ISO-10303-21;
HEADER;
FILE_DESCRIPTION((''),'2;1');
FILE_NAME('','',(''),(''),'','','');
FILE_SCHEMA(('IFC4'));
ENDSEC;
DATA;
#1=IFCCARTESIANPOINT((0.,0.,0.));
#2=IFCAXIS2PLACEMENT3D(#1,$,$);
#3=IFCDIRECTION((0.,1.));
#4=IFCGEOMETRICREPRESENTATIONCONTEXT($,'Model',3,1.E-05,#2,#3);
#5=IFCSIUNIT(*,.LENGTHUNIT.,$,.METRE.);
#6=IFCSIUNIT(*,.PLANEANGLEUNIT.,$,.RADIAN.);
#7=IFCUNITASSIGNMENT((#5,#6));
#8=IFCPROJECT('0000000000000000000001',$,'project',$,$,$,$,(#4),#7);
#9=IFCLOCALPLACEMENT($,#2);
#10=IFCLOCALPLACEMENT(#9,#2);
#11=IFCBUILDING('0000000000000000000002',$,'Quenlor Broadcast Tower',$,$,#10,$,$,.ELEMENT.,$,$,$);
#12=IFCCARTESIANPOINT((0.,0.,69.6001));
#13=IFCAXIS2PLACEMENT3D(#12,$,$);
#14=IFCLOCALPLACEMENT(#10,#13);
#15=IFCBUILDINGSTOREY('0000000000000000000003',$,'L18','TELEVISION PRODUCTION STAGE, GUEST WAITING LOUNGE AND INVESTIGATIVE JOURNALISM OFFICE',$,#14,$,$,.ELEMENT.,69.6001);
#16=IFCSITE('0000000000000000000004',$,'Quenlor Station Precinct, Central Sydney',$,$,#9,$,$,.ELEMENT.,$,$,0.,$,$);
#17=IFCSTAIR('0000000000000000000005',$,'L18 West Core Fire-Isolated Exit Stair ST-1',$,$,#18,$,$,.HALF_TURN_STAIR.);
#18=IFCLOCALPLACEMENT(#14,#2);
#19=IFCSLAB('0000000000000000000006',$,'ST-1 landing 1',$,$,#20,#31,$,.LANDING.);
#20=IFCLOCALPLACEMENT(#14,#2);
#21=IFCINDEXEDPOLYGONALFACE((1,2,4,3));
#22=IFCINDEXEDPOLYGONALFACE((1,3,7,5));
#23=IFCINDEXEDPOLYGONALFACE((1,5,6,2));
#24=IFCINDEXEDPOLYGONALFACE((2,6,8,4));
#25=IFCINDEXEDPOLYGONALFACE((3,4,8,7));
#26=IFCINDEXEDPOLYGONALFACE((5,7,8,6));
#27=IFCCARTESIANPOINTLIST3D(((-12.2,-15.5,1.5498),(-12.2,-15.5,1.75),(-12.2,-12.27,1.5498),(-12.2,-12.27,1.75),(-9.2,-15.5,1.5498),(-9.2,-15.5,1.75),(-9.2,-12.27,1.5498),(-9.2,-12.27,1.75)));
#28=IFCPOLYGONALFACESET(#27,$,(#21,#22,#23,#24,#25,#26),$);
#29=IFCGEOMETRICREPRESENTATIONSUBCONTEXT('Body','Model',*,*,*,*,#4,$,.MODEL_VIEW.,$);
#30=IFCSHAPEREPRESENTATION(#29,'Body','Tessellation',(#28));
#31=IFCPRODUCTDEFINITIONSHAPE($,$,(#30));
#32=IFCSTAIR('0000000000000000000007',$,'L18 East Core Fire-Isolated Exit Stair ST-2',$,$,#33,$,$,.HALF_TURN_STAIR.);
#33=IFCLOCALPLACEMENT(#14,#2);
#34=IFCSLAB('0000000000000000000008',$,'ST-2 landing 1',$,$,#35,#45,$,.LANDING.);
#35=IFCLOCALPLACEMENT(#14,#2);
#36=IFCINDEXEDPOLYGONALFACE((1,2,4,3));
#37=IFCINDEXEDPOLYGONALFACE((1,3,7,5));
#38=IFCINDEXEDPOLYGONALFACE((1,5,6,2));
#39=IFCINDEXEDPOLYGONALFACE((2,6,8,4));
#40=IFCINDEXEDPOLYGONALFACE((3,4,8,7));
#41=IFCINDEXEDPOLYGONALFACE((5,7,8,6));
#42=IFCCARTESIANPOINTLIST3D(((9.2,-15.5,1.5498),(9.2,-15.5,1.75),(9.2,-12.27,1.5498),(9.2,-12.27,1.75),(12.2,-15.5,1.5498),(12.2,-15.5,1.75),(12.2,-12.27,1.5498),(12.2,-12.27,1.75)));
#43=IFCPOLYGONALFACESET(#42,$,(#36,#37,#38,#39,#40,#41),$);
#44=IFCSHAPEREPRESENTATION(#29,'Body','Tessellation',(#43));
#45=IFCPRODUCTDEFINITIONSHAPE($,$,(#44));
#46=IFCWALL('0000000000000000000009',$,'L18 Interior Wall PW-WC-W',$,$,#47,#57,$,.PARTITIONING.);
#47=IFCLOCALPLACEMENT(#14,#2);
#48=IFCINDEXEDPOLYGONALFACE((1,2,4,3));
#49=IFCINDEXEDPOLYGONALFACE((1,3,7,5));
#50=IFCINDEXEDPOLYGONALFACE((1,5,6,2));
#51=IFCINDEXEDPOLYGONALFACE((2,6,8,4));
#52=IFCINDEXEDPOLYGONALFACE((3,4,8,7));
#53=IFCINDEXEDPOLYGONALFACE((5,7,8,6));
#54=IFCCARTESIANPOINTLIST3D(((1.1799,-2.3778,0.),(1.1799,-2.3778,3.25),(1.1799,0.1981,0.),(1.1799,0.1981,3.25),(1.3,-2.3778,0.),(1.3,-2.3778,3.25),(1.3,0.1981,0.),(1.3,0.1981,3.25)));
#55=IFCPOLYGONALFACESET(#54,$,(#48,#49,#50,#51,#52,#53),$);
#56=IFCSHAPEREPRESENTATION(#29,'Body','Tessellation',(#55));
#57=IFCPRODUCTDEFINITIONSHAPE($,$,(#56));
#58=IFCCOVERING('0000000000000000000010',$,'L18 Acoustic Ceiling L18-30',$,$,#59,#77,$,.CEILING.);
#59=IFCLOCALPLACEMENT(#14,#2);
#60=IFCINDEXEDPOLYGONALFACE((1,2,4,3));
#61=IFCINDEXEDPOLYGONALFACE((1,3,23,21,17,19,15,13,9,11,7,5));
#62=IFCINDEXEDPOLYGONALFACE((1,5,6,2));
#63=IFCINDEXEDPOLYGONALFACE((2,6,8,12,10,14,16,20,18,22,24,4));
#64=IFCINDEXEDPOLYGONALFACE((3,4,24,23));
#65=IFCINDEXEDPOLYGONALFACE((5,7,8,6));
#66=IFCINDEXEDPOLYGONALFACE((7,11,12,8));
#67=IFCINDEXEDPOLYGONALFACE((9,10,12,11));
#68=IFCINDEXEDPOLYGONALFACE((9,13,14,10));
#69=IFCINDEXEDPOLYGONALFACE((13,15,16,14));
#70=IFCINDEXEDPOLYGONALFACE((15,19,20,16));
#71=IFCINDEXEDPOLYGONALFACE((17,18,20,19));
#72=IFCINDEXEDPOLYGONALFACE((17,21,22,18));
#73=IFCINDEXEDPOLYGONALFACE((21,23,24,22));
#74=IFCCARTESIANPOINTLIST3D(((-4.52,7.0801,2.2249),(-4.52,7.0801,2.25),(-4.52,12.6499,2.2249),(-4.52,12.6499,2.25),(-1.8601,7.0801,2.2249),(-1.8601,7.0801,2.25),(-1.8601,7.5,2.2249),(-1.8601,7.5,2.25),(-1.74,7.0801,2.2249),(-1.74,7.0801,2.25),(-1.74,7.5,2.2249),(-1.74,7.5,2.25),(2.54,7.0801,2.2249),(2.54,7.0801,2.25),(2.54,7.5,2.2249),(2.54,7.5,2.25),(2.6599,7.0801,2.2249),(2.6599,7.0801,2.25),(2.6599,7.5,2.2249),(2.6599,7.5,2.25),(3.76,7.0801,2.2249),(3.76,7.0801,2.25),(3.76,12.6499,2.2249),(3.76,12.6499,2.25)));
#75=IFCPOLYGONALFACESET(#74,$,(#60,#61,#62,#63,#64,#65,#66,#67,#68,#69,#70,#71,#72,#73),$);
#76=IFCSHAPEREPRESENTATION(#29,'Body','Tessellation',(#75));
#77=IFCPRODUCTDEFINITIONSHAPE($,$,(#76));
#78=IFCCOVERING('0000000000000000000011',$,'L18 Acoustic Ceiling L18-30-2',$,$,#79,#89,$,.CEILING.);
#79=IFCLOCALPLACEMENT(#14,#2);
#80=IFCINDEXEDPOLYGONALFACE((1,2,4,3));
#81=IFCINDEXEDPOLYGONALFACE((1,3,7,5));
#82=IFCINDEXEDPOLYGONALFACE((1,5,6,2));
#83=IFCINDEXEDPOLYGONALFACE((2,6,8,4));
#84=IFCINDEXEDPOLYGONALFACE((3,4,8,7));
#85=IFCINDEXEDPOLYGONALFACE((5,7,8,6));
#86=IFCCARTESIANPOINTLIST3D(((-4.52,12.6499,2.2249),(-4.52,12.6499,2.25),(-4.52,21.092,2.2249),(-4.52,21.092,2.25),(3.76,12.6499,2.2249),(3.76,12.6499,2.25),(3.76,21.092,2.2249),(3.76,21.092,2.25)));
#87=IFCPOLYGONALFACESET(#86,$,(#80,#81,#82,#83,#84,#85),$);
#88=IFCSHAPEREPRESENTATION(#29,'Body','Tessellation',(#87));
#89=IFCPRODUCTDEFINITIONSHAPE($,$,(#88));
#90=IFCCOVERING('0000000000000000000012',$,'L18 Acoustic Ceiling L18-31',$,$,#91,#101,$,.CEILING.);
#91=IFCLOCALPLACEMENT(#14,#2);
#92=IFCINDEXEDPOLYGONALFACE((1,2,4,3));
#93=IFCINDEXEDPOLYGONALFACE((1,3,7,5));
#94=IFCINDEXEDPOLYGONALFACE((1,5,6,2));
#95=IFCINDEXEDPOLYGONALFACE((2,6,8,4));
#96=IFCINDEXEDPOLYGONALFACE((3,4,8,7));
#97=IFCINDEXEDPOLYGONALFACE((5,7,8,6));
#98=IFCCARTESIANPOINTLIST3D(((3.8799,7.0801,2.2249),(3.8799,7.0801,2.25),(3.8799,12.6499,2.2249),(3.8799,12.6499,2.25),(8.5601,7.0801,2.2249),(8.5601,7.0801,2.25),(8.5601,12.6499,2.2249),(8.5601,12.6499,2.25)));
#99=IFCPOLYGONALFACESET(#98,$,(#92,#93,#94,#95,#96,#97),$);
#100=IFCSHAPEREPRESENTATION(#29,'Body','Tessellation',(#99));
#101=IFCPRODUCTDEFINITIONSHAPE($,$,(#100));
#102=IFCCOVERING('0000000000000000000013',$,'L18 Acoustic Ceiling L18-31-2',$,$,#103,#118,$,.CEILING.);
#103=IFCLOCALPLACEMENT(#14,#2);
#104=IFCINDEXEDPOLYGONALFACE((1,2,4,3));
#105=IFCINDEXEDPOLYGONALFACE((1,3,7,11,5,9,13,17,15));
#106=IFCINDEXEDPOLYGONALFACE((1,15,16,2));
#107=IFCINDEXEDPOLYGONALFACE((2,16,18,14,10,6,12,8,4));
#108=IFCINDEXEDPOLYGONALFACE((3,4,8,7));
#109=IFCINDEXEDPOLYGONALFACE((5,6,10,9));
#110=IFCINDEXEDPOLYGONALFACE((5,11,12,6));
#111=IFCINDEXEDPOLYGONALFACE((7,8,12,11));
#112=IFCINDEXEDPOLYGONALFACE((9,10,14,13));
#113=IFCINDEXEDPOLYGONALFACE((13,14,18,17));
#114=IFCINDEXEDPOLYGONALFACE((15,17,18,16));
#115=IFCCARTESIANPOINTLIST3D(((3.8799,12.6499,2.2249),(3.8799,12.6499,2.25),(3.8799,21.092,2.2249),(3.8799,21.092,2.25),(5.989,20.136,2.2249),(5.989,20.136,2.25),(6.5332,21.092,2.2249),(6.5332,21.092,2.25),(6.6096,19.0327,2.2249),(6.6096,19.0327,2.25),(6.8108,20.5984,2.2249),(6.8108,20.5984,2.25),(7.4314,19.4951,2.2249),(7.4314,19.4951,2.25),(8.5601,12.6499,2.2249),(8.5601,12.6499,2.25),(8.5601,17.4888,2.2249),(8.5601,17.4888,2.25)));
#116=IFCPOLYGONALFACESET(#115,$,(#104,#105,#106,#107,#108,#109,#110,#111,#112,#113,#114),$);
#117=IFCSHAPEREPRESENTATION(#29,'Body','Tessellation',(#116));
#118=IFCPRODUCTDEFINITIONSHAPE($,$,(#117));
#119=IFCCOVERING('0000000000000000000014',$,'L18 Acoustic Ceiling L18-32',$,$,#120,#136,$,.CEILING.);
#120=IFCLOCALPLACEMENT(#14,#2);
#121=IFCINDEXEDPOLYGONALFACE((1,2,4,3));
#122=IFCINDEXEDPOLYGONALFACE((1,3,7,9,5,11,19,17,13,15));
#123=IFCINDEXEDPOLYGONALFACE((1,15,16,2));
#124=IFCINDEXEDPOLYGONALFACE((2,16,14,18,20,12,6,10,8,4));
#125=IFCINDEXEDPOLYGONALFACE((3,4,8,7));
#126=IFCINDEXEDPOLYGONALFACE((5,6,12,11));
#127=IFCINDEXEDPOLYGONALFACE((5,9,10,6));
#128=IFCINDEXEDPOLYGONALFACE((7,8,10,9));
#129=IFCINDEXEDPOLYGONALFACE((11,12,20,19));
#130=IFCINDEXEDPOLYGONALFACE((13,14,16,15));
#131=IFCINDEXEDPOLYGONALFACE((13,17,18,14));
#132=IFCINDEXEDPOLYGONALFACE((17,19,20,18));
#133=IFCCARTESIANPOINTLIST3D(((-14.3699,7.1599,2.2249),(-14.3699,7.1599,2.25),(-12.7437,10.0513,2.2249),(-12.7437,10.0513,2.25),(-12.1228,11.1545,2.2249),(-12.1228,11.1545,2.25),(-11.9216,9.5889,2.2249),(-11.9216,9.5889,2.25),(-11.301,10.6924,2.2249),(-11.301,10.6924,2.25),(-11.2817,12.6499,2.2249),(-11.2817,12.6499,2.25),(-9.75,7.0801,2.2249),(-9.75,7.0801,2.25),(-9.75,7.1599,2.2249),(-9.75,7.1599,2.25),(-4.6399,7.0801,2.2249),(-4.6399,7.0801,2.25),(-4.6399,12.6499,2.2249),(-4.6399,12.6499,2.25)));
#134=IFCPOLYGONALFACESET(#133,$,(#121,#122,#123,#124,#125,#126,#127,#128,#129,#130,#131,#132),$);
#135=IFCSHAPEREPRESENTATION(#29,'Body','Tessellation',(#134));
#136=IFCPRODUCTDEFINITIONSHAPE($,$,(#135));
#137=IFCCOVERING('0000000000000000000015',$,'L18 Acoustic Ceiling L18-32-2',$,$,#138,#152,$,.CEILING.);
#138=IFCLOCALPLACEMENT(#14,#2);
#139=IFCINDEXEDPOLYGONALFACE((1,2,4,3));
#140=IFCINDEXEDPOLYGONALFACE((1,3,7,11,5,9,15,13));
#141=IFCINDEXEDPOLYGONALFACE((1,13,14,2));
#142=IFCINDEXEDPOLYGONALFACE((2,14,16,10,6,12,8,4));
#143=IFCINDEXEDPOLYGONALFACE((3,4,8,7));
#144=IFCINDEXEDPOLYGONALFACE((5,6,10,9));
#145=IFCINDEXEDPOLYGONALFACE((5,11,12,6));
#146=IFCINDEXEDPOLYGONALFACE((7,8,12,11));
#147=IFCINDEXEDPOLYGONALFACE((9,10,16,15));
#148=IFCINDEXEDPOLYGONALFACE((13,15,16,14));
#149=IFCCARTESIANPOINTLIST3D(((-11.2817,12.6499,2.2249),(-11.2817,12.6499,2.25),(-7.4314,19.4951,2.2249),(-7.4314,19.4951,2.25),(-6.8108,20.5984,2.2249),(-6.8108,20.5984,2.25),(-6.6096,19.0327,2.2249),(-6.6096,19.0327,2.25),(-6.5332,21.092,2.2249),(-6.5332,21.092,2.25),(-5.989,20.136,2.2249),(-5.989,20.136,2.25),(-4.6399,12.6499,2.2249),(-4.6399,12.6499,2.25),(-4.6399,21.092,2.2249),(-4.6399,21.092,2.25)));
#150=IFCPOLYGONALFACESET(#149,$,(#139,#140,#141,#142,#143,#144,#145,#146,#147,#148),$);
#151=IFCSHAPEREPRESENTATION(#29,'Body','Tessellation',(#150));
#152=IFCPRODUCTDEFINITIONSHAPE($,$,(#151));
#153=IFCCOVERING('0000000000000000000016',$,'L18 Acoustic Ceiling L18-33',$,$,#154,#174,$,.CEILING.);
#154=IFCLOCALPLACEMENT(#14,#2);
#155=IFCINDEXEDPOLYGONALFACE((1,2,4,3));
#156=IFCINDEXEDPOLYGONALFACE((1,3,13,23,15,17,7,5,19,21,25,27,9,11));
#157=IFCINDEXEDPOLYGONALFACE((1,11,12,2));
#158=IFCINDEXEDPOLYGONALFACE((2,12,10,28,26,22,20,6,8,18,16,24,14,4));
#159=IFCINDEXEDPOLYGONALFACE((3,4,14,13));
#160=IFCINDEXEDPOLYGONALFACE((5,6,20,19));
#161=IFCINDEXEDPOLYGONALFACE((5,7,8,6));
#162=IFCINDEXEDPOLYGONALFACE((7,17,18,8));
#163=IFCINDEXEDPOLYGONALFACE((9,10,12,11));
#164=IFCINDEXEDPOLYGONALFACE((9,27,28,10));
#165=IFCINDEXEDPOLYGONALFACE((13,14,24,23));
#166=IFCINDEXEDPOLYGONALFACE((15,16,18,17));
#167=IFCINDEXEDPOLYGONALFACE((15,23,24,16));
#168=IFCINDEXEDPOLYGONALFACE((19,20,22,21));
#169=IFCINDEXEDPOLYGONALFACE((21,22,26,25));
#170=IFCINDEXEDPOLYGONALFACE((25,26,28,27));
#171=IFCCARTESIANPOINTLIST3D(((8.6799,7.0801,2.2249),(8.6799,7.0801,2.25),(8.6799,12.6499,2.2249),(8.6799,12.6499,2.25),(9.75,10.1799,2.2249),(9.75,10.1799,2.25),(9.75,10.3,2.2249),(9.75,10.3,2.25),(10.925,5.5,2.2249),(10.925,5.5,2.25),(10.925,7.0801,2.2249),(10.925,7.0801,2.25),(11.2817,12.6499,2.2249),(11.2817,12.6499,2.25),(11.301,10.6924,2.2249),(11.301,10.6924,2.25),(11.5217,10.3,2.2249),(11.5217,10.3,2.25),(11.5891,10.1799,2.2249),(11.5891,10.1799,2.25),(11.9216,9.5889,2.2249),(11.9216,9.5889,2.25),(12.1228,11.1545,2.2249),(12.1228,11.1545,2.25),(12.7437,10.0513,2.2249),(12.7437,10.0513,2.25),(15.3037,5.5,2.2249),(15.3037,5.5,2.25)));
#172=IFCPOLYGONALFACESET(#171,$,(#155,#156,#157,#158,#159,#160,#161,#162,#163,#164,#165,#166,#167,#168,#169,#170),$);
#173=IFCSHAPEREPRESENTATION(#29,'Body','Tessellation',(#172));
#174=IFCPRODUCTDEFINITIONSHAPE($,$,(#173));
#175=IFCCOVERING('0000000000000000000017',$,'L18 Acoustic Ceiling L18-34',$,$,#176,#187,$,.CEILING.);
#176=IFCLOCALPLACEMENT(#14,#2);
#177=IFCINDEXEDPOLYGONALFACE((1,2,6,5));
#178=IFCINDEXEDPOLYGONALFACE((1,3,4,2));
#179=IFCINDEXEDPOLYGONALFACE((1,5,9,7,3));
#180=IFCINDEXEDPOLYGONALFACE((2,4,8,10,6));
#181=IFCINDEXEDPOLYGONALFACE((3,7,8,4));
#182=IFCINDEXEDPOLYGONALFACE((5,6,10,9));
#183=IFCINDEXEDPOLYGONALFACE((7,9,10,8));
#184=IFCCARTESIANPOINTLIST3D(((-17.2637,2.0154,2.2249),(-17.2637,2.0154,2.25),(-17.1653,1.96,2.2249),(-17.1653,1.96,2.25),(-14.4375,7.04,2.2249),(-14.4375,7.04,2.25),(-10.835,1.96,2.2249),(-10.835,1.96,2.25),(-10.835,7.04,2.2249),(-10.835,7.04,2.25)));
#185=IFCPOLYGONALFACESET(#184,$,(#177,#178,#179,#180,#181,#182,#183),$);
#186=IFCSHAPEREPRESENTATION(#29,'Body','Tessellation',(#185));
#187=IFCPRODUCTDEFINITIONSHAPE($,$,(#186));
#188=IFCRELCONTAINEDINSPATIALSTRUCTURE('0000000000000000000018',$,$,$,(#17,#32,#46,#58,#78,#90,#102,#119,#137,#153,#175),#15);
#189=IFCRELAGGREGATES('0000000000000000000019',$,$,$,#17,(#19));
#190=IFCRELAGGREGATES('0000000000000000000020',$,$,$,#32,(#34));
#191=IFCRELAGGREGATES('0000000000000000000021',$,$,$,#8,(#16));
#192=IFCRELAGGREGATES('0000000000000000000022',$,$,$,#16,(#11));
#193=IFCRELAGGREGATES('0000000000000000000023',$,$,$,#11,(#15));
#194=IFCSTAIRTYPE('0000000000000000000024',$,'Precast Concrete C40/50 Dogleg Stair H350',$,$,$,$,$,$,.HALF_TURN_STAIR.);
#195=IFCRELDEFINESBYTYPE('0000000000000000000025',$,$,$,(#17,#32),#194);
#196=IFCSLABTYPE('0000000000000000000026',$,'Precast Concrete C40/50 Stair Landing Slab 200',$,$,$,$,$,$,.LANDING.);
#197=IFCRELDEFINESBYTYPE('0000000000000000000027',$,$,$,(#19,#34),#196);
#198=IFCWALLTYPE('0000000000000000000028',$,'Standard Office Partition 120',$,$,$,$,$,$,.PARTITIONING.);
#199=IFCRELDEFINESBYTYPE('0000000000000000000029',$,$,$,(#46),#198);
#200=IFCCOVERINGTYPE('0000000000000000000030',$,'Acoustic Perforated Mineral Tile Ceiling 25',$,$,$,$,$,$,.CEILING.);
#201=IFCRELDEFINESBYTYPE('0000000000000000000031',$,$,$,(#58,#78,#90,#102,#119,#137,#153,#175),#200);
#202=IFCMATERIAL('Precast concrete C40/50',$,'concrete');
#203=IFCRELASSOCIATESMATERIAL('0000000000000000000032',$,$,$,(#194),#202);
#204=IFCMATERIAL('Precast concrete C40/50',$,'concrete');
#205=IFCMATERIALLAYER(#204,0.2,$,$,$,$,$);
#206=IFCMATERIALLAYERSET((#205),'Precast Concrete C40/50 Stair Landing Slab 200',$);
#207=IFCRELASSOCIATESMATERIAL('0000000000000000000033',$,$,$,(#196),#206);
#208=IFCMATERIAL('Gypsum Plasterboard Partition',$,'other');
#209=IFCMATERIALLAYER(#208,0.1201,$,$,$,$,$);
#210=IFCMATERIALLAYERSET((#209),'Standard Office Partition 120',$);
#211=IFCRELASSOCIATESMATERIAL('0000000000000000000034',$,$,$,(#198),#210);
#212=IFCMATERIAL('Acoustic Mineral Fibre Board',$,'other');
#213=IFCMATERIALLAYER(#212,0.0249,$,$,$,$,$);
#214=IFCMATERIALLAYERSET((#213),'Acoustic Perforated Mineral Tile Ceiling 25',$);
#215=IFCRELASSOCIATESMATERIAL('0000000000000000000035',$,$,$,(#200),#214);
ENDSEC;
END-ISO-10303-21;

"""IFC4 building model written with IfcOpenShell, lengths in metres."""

from ifc_helpers import new_model, si_unit, direction, frame, frame_2d, origin, place, context, subcontext, project, spatial, polyline, rectangle, outline, extrude, material, layer, layer_set, type_object, element, aggregate, save


model = new_model("IFC4")

# Units and contexts
model_context = context("Model", 3, precision=1e-05, world=origin(), true_north=direction((0.0, 1.0)))
body_context = subcontext(model_context, "Body", "Model", "MODEL_VIEW")
ifc_project = project(units=[si_unit("LENGTHUNIT", "METRE"), si_unit("PLANEANGLEUNIT", "RADIAN")], contexts=[model_context])

# Site, building, storey
site_placement = place(None, origin())
site = spatial("IfcSite", under=ifc_project, at=site_placement, Name="Quenlor Station Precinct, Central Sydney", CompositionType="ELEMENT", RefElevation=0.0)
building_placement = place(site_placement, origin())
building = spatial("IfcBuilding", under=site, at=building_placement, Name="Quenlor Broadcast Tower", CompositionType="ELEMENT")
storey_placement = place(building_placement, frame((0.0, 0.0, 69.6001)))
storey = spatial("IfcBuildingStorey", under=building, at=storey_placement, Name="L18", Description="TELEVISION PRODUCTION STAGE, GUEST WAITING LOUNGE AND INVESTIGATIVE JOURNALISM OFFICE", CompositionType="ELEMENT", Elevation=69.6001)

# Stairs, slabs
ifc_material_1 = material(Name="Precast concrete C40/50", Category="concrete")
stair_type = type_object("IfcStairType", Name="Precast Concrete C40/50 Dogleg Stair H350", PredefinedType="HALF_TURN_STAIR", material=ifc_material_1)
stair_1_placement = place(storey_placement, origin())
stair_1 = element("IfcStair", 1, at=stair_1_placement, inside=storey, type_object=stair_type, Name="L18 West Core Fire-Isolated Exit Stair ST-1", PredefinedType="HALF_TURN_STAIR")
ifc_material_2 = material(Name="Precast concrete C40/50", Category="concrete")
ifc_layer_1 = layer(ifc_material_2, 0.2)
ifc_layer_set_1 = layer_set([ifc_layer_1], Name="Precast Concrete C40/50 Stair Landing Slab 200")
slab_type = type_object("IfcSlabType", Name="Precast Concrete C40/50 Stair Landing Slab 200", PredefinedType="LANDING", material=ifc_layer_set_1)
slab_1_placement = place(storey_placement, frame((0.0, 0.0, 1.5498)))
slab_1 = element("IfcSlab", 2, at=slab_1_placement, type_object=slab_type, Name="ST-1 landing 1", PredefinedType="LANDING", context=body_context, shape_type="SweptSolid", body=[
    extrude(outline(polyline([(-12.2, -12.27), (-12.2, -15.5), (-9.2, -15.5), (-9.2, -12.27), (-12.2, -12.27)])), origin(), (0.0, 0.0, 1.0), 0.2002),
])
aggregate(stair_1, [slab_1])
stair_2_placement = place(storey_placement, origin())
stair_2 = element("IfcStair", 3, at=stair_2_placement, inside=storey, type_object=stair_type, Name="L18 East Core Fire-Isolated Exit Stair ST-2", PredefinedType="HALF_TURN_STAIR")
slab_2_placement = place(storey_placement, frame((0.0, 0.0, 1.5498)))
slab_2 = element("IfcSlab", 4, at=slab_2_placement, type_object=slab_type, Name="ST-2 landing 1", PredefinedType="LANDING", context=body_context, shape_type="SweptSolid", body=[
    extrude(outline(polyline([(9.2, -12.27), (9.2, -15.5), (12.2, -15.5), (12.2, -12.27), (9.2, -12.27)])), origin(), (0.0, 0.0, 1.0), 0.2002),
])
aggregate(stair_2, [slab_2])

# Shared definitions
ifc_material_3 = material(Name="Gypsum Plasterboard Partition", Category="other")
ifc_layer_2 = layer(ifc_material_3, 0.1201)
ifc_layer_set_2 = layer_set([ifc_layer_2], Name="Standard Office Partition 120")
wall_type = type_object("IfcWallType", Name="Standard Office Partition 120", PredefinedType="PARTITIONING", material=ifc_layer_set_2)

# Wall
wall_1_placement = place(storey_placement, frame((1.24, -2.3779, 0.0), z_axis=(0.0, 0.0, 1.0), x_axis=(0.0, 1.0, 0.0)))
element("IfcWall", 5, at=wall_1_placement, inside=storey, type_object=wall_type, Name="L18 Interior Wall PW-WC-W", PredefinedType="PARTITIONING", context=body_context, shape_type="SweptSolid", body=[
    extrude(rectangle(XDim=2.5759, YDim=0.1201, at=frame_2d((1.2881, 0.0))), origin(), (0.0, 0.0, 1.0), 3.25),
])

# Coverings
ifc_material_4 = material(Name="Acoustic Mineral Fibre Board", Category="other")
ifc_layer_3 = layer(ifc_material_4, 0.0249)
ifc_layer_set_3 = layer_set([ifc_layer_3], Name="Acoustic Perforated Mineral Tile Ceiling 25")
covering_type_1 = type_object("IfcCoveringType", Name="Acoustic Perforated Mineral Tile Ceiling 25", PredefinedType="CEILING", material=ifc_layer_set_3)
covering_1_placement = place(storey_placement, frame((0.0, 0.0, 2.2249)))
element("IfcCovering", 6, at=covering_1_placement, inside=storey, type_object=covering_type_1, Name="L18 Acoustic Ceiling L18-30", PredefinedType="CEILING", context=body_context, shape_type="SweptSolid", body=[
    extrude(outline(polyline([(-1.74, 7.5), (-1.8601, 7.5), (-1.8601, 7.0801), (-4.52, 7.0801), (-4.52, 12.6499), (3.76, 12.6499), (3.76, 7.0801), (2.6599, 7.0801), (2.6599, 7.5), (2.54, 7.5), (2.54, 7.0801), (-1.74, 7.0801), (-1.74, 7.5)])), origin(), (0.0, 0.0, 1.0), 0.0251),
])
covering_2_placement = place(storey_placement, frame((0.0, 0.0, 2.2249)))
element("IfcCovering", 7, at=covering_2_placement, inside=storey, type_object=covering_type_1, Name="L18 Acoustic Ceiling L18-30-2", PredefinedType="CEILING", context=body_context, shape_type="SweptSolid", body=[
    extrude(outline(polyline([(-4.52, 21.092), (3.76, 21.092), (3.76, 12.6499), (-4.52, 12.6499), (-4.52, 21.092)])), origin(), (0.0, 0.0, 1.0), 0.0251),
])
covering_3_placement = place(storey_placement, frame((0.0, 0.0, 2.2249)))
element("IfcCovering", 8, at=covering_3_placement, inside=storey, type_object=covering_type_1, Name="L18 Acoustic Ceiling L18-31", PredefinedType="CEILING", context=body_context, shape_type="SweptSolid", body=[
    extrude(outline(polyline([(8.5601, 7.0801), (3.8799, 7.0801), (3.8799, 12.6499), (8.5601, 12.6499), (8.5601, 7.0801)])), origin(), (0.0, 0.0, 1.0), 0.0251),
])
covering_4_placement = place(storey_placement, frame((0.0, 0.0, 2.2249)))
element("IfcCovering", 9, at=covering_4_placement, inside=storey, type_object=covering_type_1, Name="L18 Acoustic Ceiling L18-31-2", PredefinedType="CEILING", context=body_context, shape_type="SweptSolid", body=[
    extrude(outline(polyline([(6.6096, 19.0327), (7.4314, 19.4951), (8.5601, 17.4888), (8.5601, 12.6499), (3.8799, 12.6499), (3.8799, 21.092), (6.5332, 21.092), (6.8108, 20.5984), (5.989, 20.136), (6.6096, 19.0327)])), origin(), (0.0, 0.0, 1.0), 0.0251),
])
covering_5_placement = place(storey_placement, frame((0.0, 0.0, 2.2249)))
element("IfcCovering", 10, at=covering_5_placement, inside=storey, type_object=covering_type_1, Name="L18 Acoustic Ceiling L18-32", PredefinedType="CEILING", context=body_context, shape_type="SweptSolid", body=[
    extrude(outline(polyline([(-14.3699, 7.1599), (-12.7437, 10.0513), (-11.9216, 9.5889), (-11.301, 10.6924), (-12.1228, 11.1545), (-11.2817, 12.6499), (-4.6399, 12.6499), (-4.6399, 7.0801), (-9.75, 7.0801), (-9.75, 7.1599), (-14.3699, 7.1599)])), origin(), (0.0, 0.0, 1.0), 0.0251),
])
covering_6_placement = place(storey_placement, frame((0.0, 0.0, 2.2249)))
element("IfcCovering", 11, at=covering_6_placement, inside=storey, type_object=covering_type_1, Name="L18 Acoustic Ceiling L18-32-2", PredefinedType="CEILING", context=body_context, shape_type="SweptSolid", body=[
    extrude(outline(polyline([(-7.4314, 19.4951), (-6.6096, 19.0327), (-5.989, 20.136), (-6.8108, 20.5984), (-6.5332, 21.092), (-4.6399, 21.092), (-4.6399, 12.6499), (-11.2817, 12.6499), (-7.4314, 19.4951)])), origin(), (0.0, 0.0, 1.0), 0.0251),
])
covering_7_placement = place(storey_placement, frame((0.0, 0.0, 2.2249)))
element("IfcCovering", 12, at=covering_7_placement, inside=storey, type_object=covering_type_1, Name="L18 Acoustic Ceiling L18-33", PredefinedType="CEILING", context=body_context, shape_type="SweptSolid", body=[
    extrude(outline(polyline([(11.5891, 10.1799), (11.9216, 9.5889), (12.7437, 10.0513), (15.3037, 5.5), (10.925, 5.5), (10.925, 7.0801), (8.6799, 7.0801), (8.6799, 12.6499), (11.2817, 12.6499), (12.1228, 11.1545), (11.301, 10.6924), (11.5217, 10.3), (9.75, 10.3), (9.75, 10.1799), (11.5891, 10.1799)])), origin(), (0.0, 0.0, 1.0), 0.0251),
])
covering_8_placement = place(storey_placement, frame((0.0, 0.0, 2.2249)))
element("IfcCovering", 13, at=covering_8_placement, inside=storey, type_object=covering_type_1, Name="L18 Acoustic Ceiling L18-34", PredefinedType="CEILING", context=body_context, shape_type="SweptSolid", body=[
    extrude(outline(polyline([(-17.1653, 1.96), (-17.2637, 2.0154), (-14.4375, 7.04), (-10.835, 7.04), (-10.835, 1.96), (-17.1653, 1.96)])), origin(), (0.0, 0.0, 1.0), 0.0251),
])

save(model, "model.ifc")
